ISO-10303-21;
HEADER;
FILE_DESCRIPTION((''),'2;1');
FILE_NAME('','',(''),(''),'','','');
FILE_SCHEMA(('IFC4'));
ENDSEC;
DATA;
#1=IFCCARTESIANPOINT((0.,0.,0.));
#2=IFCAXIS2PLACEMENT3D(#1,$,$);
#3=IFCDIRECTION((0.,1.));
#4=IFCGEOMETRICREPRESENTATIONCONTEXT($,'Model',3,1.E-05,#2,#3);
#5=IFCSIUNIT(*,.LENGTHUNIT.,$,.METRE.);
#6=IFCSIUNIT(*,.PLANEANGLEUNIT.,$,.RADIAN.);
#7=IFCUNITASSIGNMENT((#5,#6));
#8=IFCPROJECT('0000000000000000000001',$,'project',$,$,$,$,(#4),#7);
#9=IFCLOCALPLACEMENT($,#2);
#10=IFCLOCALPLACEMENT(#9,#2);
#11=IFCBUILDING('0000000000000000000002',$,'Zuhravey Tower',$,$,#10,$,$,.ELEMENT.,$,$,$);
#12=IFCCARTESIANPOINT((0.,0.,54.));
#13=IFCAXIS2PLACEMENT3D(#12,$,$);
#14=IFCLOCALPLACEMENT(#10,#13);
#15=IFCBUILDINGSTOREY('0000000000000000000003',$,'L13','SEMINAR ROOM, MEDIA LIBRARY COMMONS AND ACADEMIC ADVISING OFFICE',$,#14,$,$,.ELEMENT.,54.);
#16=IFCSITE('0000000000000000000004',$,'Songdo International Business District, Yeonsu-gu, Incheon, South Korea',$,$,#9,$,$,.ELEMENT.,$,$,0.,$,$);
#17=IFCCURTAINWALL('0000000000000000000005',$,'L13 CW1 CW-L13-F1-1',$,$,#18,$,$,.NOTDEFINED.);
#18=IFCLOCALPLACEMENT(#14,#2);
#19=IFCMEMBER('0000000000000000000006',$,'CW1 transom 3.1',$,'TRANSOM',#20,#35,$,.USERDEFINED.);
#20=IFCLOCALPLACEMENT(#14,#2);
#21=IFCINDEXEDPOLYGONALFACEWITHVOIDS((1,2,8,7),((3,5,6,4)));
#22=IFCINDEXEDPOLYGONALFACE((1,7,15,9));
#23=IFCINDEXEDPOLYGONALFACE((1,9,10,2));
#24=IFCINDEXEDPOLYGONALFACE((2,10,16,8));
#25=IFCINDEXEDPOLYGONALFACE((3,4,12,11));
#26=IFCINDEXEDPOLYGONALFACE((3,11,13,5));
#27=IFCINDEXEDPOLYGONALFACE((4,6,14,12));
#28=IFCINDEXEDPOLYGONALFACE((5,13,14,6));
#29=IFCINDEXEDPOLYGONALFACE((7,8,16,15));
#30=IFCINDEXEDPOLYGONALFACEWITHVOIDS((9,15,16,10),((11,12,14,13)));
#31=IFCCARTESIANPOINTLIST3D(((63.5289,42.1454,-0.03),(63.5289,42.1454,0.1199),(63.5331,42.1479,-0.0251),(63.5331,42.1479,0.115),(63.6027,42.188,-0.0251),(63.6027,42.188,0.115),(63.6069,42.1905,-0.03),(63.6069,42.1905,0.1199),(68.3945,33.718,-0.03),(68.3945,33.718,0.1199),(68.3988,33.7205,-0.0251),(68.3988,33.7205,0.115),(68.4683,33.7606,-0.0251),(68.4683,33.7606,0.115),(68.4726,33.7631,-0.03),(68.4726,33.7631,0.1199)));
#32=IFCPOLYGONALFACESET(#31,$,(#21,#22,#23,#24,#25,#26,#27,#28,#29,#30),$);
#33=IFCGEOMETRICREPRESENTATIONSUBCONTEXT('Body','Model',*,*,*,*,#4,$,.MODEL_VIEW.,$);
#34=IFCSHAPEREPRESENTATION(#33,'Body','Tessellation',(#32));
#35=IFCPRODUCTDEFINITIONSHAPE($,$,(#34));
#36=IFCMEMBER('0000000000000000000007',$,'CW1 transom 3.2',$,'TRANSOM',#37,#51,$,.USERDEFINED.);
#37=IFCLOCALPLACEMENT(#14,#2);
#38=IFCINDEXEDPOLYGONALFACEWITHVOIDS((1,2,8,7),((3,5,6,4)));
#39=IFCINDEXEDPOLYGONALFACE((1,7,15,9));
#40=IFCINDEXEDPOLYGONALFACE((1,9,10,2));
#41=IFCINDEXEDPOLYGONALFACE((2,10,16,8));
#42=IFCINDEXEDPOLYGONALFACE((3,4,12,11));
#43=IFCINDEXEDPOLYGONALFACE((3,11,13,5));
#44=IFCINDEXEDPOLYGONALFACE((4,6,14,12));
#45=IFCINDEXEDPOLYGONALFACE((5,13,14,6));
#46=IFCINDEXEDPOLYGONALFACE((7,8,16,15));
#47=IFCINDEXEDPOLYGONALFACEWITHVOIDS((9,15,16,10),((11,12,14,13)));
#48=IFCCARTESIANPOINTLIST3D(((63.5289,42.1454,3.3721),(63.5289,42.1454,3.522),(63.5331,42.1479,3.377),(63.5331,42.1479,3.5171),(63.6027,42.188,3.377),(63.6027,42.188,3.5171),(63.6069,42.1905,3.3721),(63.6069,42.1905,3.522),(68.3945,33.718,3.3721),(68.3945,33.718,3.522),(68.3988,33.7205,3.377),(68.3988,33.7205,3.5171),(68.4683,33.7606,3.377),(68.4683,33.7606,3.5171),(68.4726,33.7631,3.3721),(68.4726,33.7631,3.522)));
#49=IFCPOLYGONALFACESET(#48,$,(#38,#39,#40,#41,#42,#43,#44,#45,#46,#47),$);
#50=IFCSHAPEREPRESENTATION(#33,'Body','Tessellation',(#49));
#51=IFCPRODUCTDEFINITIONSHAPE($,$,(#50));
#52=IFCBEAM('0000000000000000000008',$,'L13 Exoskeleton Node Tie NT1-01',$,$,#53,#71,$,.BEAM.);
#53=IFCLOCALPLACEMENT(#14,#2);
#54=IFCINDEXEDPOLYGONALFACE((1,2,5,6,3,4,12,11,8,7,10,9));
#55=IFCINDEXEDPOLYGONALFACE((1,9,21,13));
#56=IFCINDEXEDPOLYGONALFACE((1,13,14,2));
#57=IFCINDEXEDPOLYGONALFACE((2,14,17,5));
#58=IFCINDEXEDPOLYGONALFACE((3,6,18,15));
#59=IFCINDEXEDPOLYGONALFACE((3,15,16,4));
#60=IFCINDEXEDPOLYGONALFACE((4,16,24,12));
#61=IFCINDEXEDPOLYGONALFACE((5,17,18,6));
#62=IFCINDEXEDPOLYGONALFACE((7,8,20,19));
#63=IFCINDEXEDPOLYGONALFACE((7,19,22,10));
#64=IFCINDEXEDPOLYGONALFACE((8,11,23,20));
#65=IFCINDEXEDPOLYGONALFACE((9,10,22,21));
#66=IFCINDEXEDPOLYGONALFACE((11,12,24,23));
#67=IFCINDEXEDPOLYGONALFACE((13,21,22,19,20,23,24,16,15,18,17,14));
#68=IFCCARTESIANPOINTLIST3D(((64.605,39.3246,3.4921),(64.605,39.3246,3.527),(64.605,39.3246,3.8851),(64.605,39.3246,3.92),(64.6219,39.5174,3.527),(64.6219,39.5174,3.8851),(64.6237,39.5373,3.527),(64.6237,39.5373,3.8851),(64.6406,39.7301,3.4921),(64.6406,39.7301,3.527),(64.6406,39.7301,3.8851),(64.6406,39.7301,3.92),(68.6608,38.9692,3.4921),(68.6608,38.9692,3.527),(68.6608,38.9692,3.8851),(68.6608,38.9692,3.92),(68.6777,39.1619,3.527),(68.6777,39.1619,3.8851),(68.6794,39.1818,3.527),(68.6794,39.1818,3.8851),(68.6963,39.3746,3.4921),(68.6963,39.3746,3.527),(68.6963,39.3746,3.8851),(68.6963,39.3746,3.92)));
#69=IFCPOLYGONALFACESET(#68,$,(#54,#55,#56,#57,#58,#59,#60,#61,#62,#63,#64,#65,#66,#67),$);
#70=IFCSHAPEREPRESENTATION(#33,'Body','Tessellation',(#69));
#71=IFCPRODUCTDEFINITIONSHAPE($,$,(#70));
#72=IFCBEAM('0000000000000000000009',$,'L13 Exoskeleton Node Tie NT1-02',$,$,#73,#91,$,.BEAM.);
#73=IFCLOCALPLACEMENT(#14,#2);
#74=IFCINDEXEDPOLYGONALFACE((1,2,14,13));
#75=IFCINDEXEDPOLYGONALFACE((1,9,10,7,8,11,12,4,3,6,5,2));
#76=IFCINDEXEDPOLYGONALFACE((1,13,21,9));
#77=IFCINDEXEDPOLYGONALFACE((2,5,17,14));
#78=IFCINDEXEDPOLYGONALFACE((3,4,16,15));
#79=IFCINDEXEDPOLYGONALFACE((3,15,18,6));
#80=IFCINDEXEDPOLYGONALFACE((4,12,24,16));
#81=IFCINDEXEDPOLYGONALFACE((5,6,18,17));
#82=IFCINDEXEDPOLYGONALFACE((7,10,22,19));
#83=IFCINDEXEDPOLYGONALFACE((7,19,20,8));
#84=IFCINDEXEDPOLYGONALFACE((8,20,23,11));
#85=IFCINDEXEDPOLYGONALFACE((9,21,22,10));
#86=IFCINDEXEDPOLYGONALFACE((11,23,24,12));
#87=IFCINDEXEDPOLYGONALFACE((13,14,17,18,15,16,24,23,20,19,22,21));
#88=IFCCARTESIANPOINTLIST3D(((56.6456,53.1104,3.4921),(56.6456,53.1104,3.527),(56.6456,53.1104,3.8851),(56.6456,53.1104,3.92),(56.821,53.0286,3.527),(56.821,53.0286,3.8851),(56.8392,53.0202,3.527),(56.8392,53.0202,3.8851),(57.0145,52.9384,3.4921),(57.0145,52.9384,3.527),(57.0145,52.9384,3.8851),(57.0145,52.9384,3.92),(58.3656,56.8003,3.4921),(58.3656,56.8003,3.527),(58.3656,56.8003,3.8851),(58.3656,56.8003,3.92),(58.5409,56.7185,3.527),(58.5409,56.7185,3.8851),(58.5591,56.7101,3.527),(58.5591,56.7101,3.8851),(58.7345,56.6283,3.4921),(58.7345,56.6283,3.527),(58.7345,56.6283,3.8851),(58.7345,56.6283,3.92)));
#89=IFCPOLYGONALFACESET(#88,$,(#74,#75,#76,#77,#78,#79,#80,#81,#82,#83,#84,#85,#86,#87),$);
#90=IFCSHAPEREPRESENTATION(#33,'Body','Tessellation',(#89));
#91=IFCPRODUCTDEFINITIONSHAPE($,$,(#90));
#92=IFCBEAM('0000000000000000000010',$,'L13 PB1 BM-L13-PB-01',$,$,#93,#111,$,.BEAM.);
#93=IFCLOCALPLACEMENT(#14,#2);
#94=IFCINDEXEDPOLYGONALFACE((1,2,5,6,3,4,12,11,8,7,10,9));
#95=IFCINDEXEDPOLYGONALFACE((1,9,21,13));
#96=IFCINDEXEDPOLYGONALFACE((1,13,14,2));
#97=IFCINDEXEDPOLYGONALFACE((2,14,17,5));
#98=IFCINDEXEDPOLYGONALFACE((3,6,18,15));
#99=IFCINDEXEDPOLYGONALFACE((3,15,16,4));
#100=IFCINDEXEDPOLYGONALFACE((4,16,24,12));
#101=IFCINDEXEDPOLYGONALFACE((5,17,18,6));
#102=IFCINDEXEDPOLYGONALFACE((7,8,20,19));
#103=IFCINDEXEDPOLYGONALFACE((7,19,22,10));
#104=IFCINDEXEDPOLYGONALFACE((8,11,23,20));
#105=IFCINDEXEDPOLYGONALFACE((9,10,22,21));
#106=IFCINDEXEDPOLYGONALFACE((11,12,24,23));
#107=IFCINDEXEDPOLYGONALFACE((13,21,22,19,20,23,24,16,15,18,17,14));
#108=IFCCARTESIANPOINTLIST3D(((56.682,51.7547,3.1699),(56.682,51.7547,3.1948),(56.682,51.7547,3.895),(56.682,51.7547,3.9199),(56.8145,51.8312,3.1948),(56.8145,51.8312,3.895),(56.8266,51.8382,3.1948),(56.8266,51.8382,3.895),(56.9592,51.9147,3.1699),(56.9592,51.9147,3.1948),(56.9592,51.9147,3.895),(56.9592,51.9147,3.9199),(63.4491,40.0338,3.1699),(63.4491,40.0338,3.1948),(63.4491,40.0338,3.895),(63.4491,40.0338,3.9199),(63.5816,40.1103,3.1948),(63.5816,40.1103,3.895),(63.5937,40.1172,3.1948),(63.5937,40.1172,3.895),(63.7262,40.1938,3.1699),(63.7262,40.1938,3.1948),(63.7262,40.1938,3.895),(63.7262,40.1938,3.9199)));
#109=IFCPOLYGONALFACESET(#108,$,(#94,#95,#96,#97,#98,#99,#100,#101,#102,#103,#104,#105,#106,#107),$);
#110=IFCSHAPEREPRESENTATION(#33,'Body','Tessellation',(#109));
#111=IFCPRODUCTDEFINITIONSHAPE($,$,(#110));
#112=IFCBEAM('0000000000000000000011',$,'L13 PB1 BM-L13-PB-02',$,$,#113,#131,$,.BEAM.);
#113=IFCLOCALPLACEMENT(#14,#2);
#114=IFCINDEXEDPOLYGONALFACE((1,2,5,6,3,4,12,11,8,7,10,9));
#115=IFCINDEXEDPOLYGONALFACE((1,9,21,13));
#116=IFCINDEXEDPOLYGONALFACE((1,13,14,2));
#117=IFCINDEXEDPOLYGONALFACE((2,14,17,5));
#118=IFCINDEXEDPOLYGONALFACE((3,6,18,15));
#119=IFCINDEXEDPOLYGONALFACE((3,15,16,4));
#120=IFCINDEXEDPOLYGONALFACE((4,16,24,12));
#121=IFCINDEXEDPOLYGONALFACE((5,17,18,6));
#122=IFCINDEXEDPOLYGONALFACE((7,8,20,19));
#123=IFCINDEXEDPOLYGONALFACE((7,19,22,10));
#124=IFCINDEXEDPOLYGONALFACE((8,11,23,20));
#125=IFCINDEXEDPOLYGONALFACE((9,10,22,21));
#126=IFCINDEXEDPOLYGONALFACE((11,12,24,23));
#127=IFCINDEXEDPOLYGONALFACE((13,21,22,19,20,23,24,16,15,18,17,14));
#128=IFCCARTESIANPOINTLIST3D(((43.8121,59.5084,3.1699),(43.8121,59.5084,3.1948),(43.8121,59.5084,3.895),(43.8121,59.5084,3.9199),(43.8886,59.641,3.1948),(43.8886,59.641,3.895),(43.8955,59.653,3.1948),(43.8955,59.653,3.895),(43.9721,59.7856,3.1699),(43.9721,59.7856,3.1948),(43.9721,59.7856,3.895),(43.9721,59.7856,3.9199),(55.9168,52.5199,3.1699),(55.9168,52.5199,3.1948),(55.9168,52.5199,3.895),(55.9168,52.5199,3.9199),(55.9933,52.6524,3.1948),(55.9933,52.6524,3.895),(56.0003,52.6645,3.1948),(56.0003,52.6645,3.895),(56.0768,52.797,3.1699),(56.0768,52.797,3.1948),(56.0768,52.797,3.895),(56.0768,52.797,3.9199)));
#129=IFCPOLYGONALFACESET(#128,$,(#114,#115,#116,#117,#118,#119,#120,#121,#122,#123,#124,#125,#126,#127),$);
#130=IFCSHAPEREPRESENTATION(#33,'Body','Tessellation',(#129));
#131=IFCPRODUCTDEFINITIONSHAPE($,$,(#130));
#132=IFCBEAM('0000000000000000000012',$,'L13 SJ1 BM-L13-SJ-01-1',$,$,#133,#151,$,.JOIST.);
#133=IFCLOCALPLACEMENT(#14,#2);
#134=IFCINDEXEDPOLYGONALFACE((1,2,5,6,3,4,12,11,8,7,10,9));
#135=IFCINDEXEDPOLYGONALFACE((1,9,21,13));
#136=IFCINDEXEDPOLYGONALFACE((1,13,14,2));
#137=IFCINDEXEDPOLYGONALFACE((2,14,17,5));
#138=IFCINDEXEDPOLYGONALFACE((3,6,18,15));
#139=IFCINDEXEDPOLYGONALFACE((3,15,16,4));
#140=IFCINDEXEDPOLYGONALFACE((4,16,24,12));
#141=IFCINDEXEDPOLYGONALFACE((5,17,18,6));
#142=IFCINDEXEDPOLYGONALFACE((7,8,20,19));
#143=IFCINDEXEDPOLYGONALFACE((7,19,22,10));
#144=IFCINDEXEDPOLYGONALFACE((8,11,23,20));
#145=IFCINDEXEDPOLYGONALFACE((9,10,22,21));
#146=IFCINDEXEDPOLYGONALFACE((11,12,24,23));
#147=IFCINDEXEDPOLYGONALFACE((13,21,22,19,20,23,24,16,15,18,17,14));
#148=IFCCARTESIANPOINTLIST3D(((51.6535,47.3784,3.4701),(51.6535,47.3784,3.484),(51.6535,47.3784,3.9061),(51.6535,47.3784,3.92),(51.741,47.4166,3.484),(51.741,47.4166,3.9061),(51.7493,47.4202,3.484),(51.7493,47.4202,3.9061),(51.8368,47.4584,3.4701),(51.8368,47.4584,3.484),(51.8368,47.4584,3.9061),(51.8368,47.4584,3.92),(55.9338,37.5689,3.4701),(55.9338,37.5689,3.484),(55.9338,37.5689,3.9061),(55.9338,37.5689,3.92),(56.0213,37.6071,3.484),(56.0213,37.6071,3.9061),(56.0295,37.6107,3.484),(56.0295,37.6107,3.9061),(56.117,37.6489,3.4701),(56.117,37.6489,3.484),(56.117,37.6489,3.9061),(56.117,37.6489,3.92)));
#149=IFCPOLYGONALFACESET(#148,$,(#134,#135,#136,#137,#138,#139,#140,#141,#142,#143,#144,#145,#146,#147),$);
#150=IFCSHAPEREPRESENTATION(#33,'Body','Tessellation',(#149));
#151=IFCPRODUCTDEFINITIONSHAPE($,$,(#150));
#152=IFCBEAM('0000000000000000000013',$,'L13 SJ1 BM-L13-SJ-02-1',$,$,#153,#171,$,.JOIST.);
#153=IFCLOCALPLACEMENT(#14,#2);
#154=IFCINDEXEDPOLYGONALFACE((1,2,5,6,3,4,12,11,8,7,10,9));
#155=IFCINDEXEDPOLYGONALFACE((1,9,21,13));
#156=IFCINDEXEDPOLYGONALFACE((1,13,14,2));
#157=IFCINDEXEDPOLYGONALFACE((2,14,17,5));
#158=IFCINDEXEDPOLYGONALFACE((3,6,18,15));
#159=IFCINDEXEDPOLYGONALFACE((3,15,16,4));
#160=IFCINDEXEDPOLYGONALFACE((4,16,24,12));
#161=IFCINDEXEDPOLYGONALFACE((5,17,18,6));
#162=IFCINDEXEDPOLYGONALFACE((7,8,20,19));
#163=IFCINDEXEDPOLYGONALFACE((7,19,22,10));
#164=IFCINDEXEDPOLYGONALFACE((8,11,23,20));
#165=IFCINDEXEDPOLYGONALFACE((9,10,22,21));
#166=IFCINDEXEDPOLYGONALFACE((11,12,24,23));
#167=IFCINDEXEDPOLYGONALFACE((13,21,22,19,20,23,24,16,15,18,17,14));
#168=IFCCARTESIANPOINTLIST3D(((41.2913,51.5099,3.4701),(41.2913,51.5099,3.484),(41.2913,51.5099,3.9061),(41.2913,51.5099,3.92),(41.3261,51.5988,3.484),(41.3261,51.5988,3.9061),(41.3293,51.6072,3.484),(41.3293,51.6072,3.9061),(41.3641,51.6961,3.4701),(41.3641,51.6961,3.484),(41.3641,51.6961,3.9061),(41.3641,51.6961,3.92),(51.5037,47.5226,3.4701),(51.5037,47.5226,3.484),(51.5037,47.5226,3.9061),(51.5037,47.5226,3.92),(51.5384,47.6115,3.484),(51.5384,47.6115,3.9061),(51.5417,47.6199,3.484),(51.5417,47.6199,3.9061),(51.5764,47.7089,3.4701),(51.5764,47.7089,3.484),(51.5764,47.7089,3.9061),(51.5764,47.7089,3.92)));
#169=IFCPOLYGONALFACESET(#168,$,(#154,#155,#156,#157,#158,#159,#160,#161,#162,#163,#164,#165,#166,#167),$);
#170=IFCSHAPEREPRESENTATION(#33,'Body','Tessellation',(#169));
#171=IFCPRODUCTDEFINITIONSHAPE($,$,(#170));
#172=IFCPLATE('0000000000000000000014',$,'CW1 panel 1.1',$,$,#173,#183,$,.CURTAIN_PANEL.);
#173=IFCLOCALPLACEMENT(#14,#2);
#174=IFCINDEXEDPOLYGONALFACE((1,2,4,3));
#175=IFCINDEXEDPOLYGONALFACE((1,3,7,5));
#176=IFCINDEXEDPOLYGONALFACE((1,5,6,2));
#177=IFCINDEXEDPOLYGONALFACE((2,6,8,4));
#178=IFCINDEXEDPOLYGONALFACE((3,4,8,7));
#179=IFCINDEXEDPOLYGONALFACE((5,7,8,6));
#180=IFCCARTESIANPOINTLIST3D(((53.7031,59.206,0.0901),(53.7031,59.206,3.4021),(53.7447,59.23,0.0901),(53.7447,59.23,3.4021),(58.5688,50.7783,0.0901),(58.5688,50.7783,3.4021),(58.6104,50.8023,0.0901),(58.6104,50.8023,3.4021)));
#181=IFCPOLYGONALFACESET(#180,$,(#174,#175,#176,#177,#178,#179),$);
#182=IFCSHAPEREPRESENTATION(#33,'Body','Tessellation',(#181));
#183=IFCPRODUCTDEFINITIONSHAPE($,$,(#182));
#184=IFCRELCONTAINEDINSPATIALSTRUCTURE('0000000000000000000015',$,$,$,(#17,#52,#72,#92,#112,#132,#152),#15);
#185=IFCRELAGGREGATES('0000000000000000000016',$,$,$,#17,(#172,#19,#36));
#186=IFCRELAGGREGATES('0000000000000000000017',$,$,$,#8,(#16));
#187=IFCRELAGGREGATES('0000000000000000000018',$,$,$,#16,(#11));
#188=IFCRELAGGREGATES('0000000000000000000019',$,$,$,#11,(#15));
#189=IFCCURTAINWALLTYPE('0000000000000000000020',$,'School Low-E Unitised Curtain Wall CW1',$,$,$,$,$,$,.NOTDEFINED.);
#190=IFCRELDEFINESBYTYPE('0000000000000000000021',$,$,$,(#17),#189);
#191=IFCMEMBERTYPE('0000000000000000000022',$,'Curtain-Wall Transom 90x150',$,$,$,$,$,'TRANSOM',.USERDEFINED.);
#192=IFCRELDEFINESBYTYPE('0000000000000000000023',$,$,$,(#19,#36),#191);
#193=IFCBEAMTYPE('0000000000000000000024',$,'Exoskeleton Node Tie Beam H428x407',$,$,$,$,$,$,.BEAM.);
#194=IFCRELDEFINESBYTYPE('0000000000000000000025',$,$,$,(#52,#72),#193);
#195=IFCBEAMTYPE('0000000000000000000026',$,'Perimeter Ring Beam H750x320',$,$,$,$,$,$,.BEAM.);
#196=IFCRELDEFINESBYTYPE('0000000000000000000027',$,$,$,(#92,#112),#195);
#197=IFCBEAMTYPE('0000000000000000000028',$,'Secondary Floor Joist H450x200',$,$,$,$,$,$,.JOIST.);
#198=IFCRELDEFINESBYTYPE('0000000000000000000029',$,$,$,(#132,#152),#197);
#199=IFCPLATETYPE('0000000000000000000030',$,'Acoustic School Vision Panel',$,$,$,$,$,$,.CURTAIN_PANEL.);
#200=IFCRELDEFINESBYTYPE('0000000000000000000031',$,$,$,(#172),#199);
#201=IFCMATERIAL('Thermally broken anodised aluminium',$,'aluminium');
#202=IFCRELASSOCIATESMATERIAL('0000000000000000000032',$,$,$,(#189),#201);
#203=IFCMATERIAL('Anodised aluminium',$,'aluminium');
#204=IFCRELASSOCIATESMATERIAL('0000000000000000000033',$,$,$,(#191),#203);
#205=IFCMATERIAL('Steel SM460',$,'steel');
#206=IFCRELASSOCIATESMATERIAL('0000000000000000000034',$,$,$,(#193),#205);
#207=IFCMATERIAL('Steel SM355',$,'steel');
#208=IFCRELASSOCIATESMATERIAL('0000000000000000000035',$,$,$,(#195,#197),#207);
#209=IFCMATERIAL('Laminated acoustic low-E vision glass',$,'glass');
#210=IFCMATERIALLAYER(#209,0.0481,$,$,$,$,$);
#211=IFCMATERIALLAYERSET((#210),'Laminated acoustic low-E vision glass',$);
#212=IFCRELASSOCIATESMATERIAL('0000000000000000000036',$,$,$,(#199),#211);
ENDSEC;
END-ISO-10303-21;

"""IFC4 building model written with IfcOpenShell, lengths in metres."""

from ifc_helpers import new_model, si_unit, direction, frame, origin, origin_2d, place, context, subcontext, project, spatial, rectangle, hollow_rectangle, i_section, extrude, material, layer, layer_set, material_profile, profile_set, type_object, element, aggregate, save


model = new_model("IFC4")

# Units and contexts
model_context = context("Model", 3, precision=1e-05, world=origin(), true_north=direction((0.0, 1.0)))
body_context = subcontext(model_context, "Body", "Model", "MODEL_VIEW")
ifc_project = project(units=[si_unit("LENGTHUNIT", "METRE"), si_unit("PLANEANGLEUNIT", "RADIAN")], contexts=[model_context])

# Site, building, storey
site_placement = place(None, origin())
site = spatial("IfcSite", under=ifc_project, at=site_placement, Name="Songdo International Business District, Yeonsu-gu, Incheon, South Korea", CompositionType="ELEMENT", RefElevation=0.0)
building_placement = place(site_placement, origin())
building = spatial("IfcBuilding", under=site, at=building_placement, Name="Zuhravey Tower", CompositionType="ELEMENT")
storey_placement = place(building_placement, frame((0.0, 0.0, 54.0)))
storey = spatial("IfcBuildingStorey", under=building, at=storey_placement, Name="L13", Description="SEMINAR ROOM, MEDIA LIBRARY COMMONS AND ACADEMIC ADVISING OFFICE", CompositionType="ELEMENT", Elevation=54.0)

# Shared definitions
ifc_material_1 = material(Name="Thermally broken anodised aluminium", Category="aluminium")
curtain_wall_type = type_object("IfcCurtainWallType", Name="School Low-E Unitised Curtain Wall CW1", PredefinedType="NOTDEFINED", material=ifc_material_1)
ifc_material_2 = material(Name="Anodised aluminium", Category="aluminium")

# Curtain wall, members
curtain_wall_1_placement = place(storey_placement, origin())
curtain_wall_1 = element("IfcCurtainWall", 1, at=curtain_wall_1_placement, inside=storey, type_object=curtain_wall_type, Name="L13 CW1 CW-L13-F1-1", PredefinedType="NOTDEFINED")
ifc_material_profile_1 = material_profile(ifc_material_2, hollow_rectangle(XDim=0.0901, YDim=0.1499, WallThickness=0.0049, at=origin_2d()), Name="ALU-RHS-90x150x5")
ifc_profile_set_1 = profile_set([ifc_material_profile_1], Name="Anodised aluminium")
member_type_1 = type_object("IfcMemberType", Name="Curtain-Wall Transom 90x150", ElementType="TRANSOM", PredefinedType="USERDEFINED", material=ifc_profile_set_1)
member_1_placement = place(storey_placement, frame((63.5679, 42.168, 0.0449), z_axis=(0.500008, -0.866021, 0.0), x_axis=(0.866021, 0.500008, 0.0)))
member_1 = element("IfcMember", 2, at=member_1_placement, type_object=member_type_1, Name="CW1 transom 3.1", ObjectType="TRANSOM", PredefinedType="USERDEFINED", context=body_context, shape_type="SweptSolid", body=[
    extrude(hollow_rectangle(XDim=0.0901, YDim=0.1499, WallThickness=0.0049, at=origin_2d()), origin(), (0.0, 0.0, 1.0), 9.7312),
])
member_2_placement = place(storey_placement, frame((63.5679, 42.168, 3.447), z_axis=(0.500008, -0.866021, 0.0), x_axis=(0.866021, 0.500008, 0.0)))
member_2 = element("IfcMember", 3, at=member_2_placement, type_object=member_type_1, Name="CW1 transom 3.2", ObjectType="TRANSOM", PredefinedType="USERDEFINED", context=body_context, shape_type="SweptSolid", body=[
    extrude(hollow_rectangle(XDim=0.0901, YDim=0.1499, WallThickness=0.0049, at=origin_2d()), origin(), (0.0, 0.0, 1.0), 9.7312),
])

# Beams
ifc_material_3 = material(Name="Steel SM460", Category="steel")
ifc_material_profile_2 = material_profile(ifc_material_3, i_section(OverallWidth=0.407, OverallDepth=0.428, WebThickness=0.02, FlangeThickness=0.0349, at=origin_2d()), Name="H-428x407x20x35")
ifc_profile_set_2 = profile_set([ifc_material_profile_2], Name="Steel SM460")
beam_type_1 = type_object("IfcBeamType", Name="Exoskeleton Node Tie Beam H428x407", PredefinedType="BEAM", material=ifc_profile_set_2)
beam_1_placement = place(storey_placement, frame((64.6228, 39.5273, 3.7061), z_axis=(0.996181, -0.087313, 0.0), x_axis=(0.087313, 0.996181, 0.0)))
element("IfcBeam", 4, at=beam_1_placement, inside=storey, type_object=beam_type_1, Name="L13 Exoskeleton Node Tie NT1-01", PredefinedType="BEAM", context=body_context, shape_type="SweptSolid", body=[
    extrude(i_section(OverallWidth=0.407, OverallDepth=0.428, WebThickness=0.02, FlangeThickness=0.0349, at=origin_2d()), origin(), (0.0, 0.0, 1.0), 4.0713),
])
beam_2_placement = place(storey_placement, frame((56.8301, 53.0244, 3.7061), z_axis=(0.422482, 0.906371, 0.0), x_axis=(-0.906371, 0.422482, 0.0)))
element("IfcBeam", 5, at=beam_2_placement, inside=storey, type_object=beam_type_1, Name="L13 Exoskeleton Node Tie NT1-02", PredefinedType="BEAM", context=body_context, shape_type="SweptSolid", body=[
    extrude(i_section(OverallWidth=0.407, OverallDepth=0.428, WebThickness=0.02, FlangeThickness=0.0349, at=origin_2d()), origin(), (0.0, 0.0, 1.0), 4.071),
])
ifc_material_4 = material(Name="Steel SM355", Category="steel")
ifc_material_profile_3 = material_profile(ifc_material_4, i_section(OverallWidth=0.3201, OverallDepth=0.75, WebThickness=0.0139, FlangeThickness=0.0249, at=origin_2d()), Name="H-750x320x14x25")
ifc_profile_set_3 = profile_set([ifc_material_profile_3], Name="Steel SM355")
beam_type_2 = type_object("IfcBeamType", Name="Perimeter Ring Beam H750x320", PredefinedType="BEAM", material=ifc_profile_set_3)
beam_3_placement = place(storey_placement, frame((63.5876, 40.1138, 3.5449), z_axis=(-0.5, 0.866025, 0.0), x_axis=(-0.866025, -0.5, 0.0)))
element("IfcBeam", 6, at=beam_3_placement, inside=storey, type_object=beam_type_2, Name="L13 PB1 BM-L13-PB-01", PredefinedType="BEAM", context=body_context, shape_type="SweptSolid", body=[
    extrude(i_section(OverallWidth=0.3201, OverallDepth=0.75, WebThickness=0.0139, FlangeThickness=0.0249, at=origin_2d()), origin(), (0.0, 0.0, 1.0), 13.5342),
])
beam_4_placement = place(storey_placement, frame((55.9968, 52.6584, 3.5449), z_axis=(-0.86603, 0.499992, 0.0), x_axis=(-0.499992, -0.86603, 0.0)))
element("IfcBeam", 7, at=beam_4_placement, inside=storey, type_object=beam_type_2, Name="L13 PB1 BM-L13-PB-02", PredefinedType="BEAM", context=body_context, shape_type="SweptSolid", body=[
    extrude(i_section(OverallWidth=0.3201, OverallDepth=0.75, WebThickness=0.0139, FlangeThickness=0.0249, at=origin_2d()), origin(), (0.0, 0.0, 1.0), 13.9773),
])
ifc_material_profile_4 = material_profile(ifc_material_4, i_section(OverallWidth=0.2, OverallDepth=0.45, WebThickness=0.009, FlangeThickness=0.0139, at=origin_2d()), Name="H-450x200x9x14")
ifc_profile_set_4 = profile_set([ifc_material_profile_4], Name="Steel SM355")
beam_type_3 = type_object("IfcBeamType", Name="Secondary Floor Joist H450x200", PredefinedType="JOIST", material=ifc_profile_set_4)
beam_5_placement = place(storey_placement, frame((56.0254, 37.6089, 3.6951), z_axis=(-0.399924, 0.916549, 0.0), x_axis=(-0.916549, -0.399924, 0.0)))
element("IfcBeam", 8, at=beam_5_placement, inside=storey, type_object=beam_type_3, Name="L13 SJ1 BM-L13-SJ-01-1", PredefinedType="JOIST", context=body_context, shape_type="SweptSolid", body=[
    extrude(i_section(OverallWidth=0.2, OverallDepth=0.45, WebThickness=0.009, FlangeThickness=0.0139, at=origin_2d()), origin(), (0.0, 0.0, 1.0), 10.7026),
])
beam_6_placement = place(storey_placement, frame((51.54, 47.6157, 3.6951), z_axis=(-0.931517, 0.363699, 0.0), x_axis=(-0.363699, -0.931517, 0.0)))
element("IfcBeam", 9, at=beam_6_placement, inside=storey, type_object=beam_type_3, Name="L13 SJ1 BM-L13-SJ-02-1", PredefinedType="JOIST", context=body_context, shape_type="SweptSolid", body=[
    extrude(i_section(OverallWidth=0.2, OverallDepth=0.45, WebThickness=0.009, FlangeThickness=0.0139, at=origin_2d()), origin(), (0.0, 0.0, 1.0), 10.9631),
])

# Plate
ifc_material_5 = material(Name="Laminated acoustic low-E vision glass", Category="glass")
ifc_layer_1 = layer(ifc_material_5, 0.0481)
ifc_layer_set_1 = layer_set([ifc_layer_1], Name="Laminated acoustic low-E vision glass")
plate_type = type_object("IfcPlateType", Name="Acoustic School Vision Panel", PredefinedType="CURTAIN_PANEL", material=ifc_layer_set_1)
plate_1_placement = place(storey_placement, frame((56.1567, 55.0042, 0.0901), z_axis=(0.0, 0.0, 1.0), x_axis=(0.5, -0.866026, 0.0)))
plate_1 = element("IfcPlate", 10, at=plate_1_placement, type_object=plate_type, Name="CW1 panel 1.1", PredefinedType="CURTAIN_PANEL", context=body_context, shape_type="SweptSolid", body=[
    extrude(rectangle(XDim=9.7314, YDim=0.0481, at=origin_2d()), origin(), (0.0, 0.0, 1.0), 3.312),
])
aggregate(curtain_wall_1, [plate_1, member_1, member_2])

save(model, "model.ifc")
